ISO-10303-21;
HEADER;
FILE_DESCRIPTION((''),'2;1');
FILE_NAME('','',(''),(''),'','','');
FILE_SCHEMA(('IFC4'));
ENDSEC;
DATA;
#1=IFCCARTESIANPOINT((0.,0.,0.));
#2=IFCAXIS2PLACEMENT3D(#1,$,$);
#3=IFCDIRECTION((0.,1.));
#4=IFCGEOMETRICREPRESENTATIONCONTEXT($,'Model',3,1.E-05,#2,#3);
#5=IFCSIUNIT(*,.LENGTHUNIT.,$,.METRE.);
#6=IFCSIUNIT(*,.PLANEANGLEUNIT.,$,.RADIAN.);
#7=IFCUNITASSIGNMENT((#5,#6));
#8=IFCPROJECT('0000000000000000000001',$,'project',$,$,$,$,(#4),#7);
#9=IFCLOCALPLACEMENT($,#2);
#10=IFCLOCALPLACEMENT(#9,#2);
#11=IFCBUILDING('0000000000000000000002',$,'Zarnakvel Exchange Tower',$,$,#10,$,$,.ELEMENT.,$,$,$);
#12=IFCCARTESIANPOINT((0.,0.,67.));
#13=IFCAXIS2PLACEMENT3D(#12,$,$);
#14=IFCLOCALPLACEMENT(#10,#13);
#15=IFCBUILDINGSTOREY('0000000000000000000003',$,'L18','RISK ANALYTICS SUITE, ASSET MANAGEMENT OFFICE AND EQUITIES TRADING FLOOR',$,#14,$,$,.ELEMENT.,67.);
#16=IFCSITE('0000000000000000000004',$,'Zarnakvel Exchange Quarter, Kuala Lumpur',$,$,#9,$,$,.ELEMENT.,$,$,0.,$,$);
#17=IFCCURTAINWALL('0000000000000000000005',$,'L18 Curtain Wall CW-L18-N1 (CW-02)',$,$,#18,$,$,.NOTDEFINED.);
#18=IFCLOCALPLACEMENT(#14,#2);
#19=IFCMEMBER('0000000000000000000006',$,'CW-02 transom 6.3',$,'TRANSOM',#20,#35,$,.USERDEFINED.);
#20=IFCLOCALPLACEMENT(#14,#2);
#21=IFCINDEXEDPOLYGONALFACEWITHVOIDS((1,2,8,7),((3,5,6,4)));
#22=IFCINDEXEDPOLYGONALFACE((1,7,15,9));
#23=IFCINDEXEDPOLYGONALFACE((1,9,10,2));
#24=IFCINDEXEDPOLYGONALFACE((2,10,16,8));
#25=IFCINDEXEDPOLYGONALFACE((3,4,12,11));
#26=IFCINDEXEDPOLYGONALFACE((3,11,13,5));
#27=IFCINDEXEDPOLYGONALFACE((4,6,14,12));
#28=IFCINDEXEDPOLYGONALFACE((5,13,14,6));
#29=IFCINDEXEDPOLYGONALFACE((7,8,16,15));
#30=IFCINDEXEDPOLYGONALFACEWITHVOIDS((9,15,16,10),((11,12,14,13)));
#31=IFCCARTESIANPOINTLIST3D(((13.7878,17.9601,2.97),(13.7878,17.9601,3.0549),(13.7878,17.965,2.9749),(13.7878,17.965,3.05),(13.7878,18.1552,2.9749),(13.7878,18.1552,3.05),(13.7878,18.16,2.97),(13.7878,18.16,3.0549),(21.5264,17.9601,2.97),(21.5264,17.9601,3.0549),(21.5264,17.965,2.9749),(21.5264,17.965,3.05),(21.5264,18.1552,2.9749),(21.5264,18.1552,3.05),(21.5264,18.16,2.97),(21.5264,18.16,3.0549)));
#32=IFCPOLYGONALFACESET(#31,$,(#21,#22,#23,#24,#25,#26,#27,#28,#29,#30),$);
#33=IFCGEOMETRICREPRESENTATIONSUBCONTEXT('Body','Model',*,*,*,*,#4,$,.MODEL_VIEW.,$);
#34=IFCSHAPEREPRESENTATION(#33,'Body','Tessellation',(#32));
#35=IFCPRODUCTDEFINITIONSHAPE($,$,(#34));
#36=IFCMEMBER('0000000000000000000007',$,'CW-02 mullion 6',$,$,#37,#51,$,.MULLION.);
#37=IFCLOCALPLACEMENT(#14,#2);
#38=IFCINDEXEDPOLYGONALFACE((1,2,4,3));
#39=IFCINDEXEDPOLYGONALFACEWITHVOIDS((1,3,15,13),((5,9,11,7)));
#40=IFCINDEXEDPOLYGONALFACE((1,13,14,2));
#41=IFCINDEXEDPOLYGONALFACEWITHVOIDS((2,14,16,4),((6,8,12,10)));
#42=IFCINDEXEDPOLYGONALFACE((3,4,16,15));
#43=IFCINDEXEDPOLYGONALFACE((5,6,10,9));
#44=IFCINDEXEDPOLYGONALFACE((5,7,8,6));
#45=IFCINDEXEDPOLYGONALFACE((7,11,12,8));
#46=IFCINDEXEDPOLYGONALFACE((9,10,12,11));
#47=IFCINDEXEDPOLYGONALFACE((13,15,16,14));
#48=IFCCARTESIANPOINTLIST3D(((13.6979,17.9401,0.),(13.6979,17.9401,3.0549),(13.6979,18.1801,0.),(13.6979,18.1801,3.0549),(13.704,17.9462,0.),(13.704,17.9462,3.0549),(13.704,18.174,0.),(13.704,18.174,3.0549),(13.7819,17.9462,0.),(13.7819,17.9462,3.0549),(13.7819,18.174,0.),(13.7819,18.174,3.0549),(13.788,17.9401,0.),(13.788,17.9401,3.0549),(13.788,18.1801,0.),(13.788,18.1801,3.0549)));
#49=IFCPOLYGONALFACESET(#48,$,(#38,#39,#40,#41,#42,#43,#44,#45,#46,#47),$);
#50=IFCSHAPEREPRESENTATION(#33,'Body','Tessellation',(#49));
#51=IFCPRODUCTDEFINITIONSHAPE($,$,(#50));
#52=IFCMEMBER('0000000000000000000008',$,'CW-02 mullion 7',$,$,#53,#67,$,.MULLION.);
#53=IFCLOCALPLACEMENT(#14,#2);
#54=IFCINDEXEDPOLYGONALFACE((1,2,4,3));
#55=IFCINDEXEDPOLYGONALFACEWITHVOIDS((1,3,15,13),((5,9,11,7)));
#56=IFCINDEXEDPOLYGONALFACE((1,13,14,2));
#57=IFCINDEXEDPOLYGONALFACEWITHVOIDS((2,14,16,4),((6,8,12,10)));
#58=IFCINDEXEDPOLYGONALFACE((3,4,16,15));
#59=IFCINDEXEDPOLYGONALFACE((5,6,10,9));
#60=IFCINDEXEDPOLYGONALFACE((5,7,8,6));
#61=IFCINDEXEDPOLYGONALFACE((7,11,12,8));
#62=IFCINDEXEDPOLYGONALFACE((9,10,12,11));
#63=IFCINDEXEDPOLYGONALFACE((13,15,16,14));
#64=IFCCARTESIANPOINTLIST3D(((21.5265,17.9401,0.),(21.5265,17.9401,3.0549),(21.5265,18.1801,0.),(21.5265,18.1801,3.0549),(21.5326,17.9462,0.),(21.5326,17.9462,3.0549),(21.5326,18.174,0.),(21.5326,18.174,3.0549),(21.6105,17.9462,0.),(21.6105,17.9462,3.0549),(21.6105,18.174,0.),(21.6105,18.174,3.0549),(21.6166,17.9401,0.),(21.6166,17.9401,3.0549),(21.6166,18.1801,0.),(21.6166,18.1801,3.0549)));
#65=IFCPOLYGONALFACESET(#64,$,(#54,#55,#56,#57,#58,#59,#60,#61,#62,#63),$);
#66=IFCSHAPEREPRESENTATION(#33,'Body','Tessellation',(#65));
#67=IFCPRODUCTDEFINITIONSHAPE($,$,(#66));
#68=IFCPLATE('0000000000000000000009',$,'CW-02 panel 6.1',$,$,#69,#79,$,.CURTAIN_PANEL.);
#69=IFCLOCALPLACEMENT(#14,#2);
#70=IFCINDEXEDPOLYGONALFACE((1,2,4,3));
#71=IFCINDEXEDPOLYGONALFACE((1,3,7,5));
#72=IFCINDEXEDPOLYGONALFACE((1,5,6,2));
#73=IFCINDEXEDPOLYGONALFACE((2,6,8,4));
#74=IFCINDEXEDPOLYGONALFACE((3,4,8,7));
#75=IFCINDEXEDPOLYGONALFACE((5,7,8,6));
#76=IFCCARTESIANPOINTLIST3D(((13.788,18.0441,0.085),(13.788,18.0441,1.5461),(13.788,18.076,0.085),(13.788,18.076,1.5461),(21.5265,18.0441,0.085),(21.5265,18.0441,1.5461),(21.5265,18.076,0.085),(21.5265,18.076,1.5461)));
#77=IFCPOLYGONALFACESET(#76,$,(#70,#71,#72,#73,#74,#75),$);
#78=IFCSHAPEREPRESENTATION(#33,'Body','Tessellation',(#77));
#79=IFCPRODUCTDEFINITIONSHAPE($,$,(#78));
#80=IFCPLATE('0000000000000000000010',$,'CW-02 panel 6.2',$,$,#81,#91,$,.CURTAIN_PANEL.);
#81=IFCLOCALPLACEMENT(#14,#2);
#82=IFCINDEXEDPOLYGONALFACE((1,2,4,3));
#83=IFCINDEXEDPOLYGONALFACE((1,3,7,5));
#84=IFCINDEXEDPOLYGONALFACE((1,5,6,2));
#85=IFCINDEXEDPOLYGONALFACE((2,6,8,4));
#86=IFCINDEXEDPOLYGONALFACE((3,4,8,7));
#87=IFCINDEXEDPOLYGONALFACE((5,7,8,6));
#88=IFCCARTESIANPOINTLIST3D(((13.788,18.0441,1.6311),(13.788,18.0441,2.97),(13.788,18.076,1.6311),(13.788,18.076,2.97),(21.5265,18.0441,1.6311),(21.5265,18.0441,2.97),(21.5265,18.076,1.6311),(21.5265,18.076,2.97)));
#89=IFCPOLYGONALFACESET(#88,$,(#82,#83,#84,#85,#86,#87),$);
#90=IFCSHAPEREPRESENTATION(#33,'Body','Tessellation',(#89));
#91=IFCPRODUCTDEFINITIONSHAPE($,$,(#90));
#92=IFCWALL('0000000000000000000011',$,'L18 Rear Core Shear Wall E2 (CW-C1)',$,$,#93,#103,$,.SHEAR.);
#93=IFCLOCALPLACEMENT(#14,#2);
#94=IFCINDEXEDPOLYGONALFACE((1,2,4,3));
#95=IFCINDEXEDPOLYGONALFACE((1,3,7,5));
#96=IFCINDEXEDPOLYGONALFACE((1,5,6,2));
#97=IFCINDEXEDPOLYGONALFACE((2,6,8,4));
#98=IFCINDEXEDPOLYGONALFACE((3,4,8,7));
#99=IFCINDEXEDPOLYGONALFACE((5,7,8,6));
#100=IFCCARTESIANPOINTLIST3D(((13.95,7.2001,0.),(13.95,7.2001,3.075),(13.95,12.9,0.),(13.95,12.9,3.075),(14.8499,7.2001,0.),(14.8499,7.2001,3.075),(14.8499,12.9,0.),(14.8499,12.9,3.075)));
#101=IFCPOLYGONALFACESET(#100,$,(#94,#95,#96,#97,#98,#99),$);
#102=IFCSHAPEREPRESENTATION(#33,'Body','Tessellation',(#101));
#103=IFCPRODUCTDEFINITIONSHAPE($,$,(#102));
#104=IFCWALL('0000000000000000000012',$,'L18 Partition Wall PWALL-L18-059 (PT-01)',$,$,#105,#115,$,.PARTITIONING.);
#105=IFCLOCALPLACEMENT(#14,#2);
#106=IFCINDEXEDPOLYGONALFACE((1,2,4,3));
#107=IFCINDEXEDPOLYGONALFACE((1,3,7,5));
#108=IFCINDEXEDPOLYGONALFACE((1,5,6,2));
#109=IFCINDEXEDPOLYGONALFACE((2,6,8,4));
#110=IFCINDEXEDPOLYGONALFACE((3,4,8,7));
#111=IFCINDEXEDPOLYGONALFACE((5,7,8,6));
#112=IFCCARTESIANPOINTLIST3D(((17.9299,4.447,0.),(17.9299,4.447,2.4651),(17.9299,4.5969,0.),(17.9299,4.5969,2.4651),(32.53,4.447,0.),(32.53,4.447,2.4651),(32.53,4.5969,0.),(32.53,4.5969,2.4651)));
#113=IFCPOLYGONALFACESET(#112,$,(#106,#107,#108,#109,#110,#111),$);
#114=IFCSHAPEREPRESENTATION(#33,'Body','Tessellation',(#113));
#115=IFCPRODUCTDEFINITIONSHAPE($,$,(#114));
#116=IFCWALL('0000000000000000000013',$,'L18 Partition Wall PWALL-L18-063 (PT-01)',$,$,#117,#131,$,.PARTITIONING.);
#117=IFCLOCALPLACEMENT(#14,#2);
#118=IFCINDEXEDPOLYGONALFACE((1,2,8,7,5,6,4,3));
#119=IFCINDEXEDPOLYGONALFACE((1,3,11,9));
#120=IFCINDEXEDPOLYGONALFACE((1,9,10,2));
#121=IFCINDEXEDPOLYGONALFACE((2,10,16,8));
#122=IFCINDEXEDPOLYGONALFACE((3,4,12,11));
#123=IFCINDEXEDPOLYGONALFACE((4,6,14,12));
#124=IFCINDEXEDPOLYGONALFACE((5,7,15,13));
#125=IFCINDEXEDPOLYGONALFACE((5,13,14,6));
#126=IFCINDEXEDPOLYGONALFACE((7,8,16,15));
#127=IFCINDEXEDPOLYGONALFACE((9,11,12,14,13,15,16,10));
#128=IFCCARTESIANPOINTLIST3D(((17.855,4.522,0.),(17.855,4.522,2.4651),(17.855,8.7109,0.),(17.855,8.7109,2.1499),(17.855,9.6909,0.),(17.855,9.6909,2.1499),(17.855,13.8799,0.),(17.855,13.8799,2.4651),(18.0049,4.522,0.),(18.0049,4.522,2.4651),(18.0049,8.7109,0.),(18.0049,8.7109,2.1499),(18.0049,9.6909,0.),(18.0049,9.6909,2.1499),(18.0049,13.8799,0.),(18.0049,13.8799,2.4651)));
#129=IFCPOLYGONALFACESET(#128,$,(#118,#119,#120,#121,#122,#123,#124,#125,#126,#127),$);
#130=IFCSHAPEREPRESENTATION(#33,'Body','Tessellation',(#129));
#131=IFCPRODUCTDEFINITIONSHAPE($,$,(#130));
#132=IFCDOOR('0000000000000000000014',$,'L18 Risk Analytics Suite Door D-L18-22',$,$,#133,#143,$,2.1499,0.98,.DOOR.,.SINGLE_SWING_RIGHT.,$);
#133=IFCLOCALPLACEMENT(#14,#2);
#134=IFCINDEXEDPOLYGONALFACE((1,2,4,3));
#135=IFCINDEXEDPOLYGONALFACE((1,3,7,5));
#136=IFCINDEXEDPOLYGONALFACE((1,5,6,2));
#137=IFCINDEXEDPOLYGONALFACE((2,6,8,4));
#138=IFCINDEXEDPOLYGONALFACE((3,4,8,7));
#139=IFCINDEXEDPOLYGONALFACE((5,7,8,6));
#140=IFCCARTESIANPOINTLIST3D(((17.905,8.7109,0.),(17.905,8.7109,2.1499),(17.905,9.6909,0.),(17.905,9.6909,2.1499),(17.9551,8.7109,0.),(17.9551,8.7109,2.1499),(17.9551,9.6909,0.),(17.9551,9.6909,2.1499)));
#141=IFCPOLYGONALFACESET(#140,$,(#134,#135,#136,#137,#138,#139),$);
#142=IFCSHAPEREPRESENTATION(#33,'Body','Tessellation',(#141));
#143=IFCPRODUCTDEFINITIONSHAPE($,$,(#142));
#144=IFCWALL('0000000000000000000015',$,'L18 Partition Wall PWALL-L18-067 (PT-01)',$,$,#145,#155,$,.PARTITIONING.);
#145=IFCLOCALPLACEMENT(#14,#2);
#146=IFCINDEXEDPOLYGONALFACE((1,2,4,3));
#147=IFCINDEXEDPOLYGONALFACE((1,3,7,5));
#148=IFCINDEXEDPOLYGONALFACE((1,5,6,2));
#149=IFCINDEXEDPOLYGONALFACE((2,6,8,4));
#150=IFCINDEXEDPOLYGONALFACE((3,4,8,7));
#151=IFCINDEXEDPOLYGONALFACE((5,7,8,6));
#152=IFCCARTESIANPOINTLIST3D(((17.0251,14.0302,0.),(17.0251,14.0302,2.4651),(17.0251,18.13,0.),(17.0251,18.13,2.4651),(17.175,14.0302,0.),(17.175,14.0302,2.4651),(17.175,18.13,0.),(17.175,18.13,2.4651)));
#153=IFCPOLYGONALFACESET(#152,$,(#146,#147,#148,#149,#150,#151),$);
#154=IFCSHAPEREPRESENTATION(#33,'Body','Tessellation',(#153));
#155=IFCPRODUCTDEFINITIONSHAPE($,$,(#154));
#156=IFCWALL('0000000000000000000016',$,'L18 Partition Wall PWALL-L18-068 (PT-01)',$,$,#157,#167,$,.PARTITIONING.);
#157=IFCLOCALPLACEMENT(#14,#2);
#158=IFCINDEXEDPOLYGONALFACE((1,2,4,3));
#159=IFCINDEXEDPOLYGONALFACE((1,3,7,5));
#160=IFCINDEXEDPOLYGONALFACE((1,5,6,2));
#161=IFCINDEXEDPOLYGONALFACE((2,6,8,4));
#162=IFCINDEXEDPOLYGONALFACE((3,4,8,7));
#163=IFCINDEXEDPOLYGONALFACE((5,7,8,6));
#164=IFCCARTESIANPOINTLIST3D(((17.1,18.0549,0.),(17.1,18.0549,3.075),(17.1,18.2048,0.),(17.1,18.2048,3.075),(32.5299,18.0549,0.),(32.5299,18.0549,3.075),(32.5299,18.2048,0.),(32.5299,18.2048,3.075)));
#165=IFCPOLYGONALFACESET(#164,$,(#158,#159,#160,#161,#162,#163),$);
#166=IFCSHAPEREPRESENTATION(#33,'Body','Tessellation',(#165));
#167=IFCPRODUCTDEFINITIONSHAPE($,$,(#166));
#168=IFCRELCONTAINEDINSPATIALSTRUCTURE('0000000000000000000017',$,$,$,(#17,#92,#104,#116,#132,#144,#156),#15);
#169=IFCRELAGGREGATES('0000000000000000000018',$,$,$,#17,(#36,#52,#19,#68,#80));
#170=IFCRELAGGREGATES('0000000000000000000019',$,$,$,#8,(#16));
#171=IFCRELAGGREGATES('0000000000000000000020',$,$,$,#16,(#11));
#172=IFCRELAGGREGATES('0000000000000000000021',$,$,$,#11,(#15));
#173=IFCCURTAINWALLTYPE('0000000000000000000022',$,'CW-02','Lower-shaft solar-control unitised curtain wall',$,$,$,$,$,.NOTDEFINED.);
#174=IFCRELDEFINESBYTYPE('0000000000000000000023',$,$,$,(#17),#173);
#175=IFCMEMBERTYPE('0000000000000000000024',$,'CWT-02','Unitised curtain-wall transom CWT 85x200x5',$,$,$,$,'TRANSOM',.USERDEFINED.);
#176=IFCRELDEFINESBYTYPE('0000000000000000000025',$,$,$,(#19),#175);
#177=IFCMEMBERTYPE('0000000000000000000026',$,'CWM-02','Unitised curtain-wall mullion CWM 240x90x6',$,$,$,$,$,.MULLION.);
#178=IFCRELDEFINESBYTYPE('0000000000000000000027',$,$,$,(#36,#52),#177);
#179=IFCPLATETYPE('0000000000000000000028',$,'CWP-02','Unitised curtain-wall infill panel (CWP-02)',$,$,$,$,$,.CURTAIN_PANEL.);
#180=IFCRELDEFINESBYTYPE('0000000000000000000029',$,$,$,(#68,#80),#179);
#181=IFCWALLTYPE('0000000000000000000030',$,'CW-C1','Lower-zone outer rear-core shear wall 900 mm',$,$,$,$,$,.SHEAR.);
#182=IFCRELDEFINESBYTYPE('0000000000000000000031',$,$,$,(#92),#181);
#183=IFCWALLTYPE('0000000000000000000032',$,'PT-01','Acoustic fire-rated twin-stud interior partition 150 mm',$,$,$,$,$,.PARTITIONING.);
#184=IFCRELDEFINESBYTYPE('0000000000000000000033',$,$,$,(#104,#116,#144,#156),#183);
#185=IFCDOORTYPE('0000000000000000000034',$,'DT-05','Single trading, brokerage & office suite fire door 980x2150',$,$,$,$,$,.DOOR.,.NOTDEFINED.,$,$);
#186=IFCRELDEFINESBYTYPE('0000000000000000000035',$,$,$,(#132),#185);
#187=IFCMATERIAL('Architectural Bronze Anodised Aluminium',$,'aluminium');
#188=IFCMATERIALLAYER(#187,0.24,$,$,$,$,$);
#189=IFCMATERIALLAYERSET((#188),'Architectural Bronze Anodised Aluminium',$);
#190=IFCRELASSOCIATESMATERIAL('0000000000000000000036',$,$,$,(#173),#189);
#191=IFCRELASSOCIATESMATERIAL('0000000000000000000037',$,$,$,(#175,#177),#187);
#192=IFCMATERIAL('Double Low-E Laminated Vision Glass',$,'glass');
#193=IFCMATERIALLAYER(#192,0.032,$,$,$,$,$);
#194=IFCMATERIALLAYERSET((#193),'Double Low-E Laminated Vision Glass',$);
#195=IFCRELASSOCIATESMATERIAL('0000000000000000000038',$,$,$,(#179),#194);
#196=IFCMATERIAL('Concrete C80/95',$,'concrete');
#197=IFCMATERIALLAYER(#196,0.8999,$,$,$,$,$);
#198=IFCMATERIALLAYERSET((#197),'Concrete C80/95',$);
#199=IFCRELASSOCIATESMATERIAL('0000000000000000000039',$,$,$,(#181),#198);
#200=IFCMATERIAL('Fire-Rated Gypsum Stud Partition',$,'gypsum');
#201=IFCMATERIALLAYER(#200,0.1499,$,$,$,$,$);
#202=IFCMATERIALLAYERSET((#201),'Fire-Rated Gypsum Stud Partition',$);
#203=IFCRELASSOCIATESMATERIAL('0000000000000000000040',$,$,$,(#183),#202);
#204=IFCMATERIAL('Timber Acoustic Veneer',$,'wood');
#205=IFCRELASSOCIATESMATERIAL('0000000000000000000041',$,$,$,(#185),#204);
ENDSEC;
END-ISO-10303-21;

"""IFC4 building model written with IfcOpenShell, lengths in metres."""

from ifc_helpers import new_model, si_unit, direction, frame, frame_2d, origin, origin_2d, place, context, subcontext, project, spatial, rectangle, hollow_rectangle, extrude, source, transform, mapped, material, layer, layer_set, material_profile, profile_set, type_object, element, fill, aggregate, save


model = new_model("IFC4")

# Units and contexts
model_context = context("Model", 3, precision=1e-05, world=origin(), true_north=direction((0.0, 1.0)))
body_context = subcontext(model_context, "Body", "Model", "MODEL_VIEW")
ifc_project = project(units=[si_unit("LENGTHUNIT", "METRE"), si_unit("PLANEANGLEUNIT", "RADIAN")], contexts=[model_context])

# Site, building, storey
site_placement = place(None, origin())
site = spatial("IfcSite", under=ifc_project, at=site_placement, Name="Zarnakvel Exchange Quarter, Kuala Lumpur", CompositionType="ELEMENT", RefElevation=0.0)
building_placement = place(site_placement, origin())
building = spatial("IfcBuilding", under=site, at=building_placement, Name="Zarnakvel Exchange Tower", CompositionType="ELEMENT")
storey_placement = place(building_placement, frame((0.0, 0.0, 67.0)))
storey = spatial("IfcBuildingStorey", under=building, at=storey_placement, Name="L18", Description="RISK ANALYTICS SUITE, ASSET MANAGEMENT OFFICE AND EQUITIES TRADING FLOOR", CompositionType="ELEMENT", Elevation=67.0)

# Shared definitions
ifc_material_1 = material(Name="Concrete C80/95", Category="concrete")

# Curtain wall, members, plates
ifc_material_2 = material(Name="Architectural Bronze Anodised Aluminium", Category="aluminium")
ifc_layer_1 = layer(ifc_material_2, 0.24)
ifc_layer_set_1 = layer_set([ifc_layer_1], Name="Architectural Bronze Anodised Aluminium")
curtain_wall_type = type_object("IfcCurtainWallType", Name="CW-02", Description="Lower-shaft solar-control unitised curtain wall", PredefinedType="NOTDEFINED", material=ifc_layer_set_1)
curtain_wall_placement = place(storey_placement, origin())
curtain_wall = element("IfcCurtainWall", 1, at=curtain_wall_placement, inside=storey, type_object=curtain_wall_type, Name="L18 Curtain Wall CW-L18-N1 (CW-02)", PredefinedType="NOTDEFINED")
ifc_material_profile_1 = material_profile(ifc_material_2, hollow_rectangle(XDim=0.2, YDim=0.085, WallThickness=0.0049, at=origin_2d()))
ifc_profile_set_1 = profile_set([ifc_material_profile_1], Name="Architectural Bronze Anodised Aluminium")
member_type_1 = type_object("IfcMemberType", Name="CWT-02", Description="Unitised curtain-wall transom CWT 85x200x5", ElementType="TRANSOM", PredefinedType="USERDEFINED", material=ifc_profile_set_1)
shared_shape_1 = source(origin(), body_context, "Body", "SweptSolid", [
    extrude(hollow_rectangle(XDim=0.2, YDim=0.085, WallThickness=0.0049, at=origin_2d()), origin(), (0.0, 0.0, 1.0), 7.7385),
])
member_1_placement = place(storey_placement, frame((13.7878, 18.0601, 3.0125), z_axis=(1.0, 0.0, 0.0), x_axis=(0.0, 1.0, 0.0)))
member_1 = element("IfcMember", 2, at=member_1_placement, type_object=member_type_1, Name="CW-02 transom 6.3", ObjectType="TRANSOM", PredefinedType="USERDEFINED", context=body_context, shape_type="MappedRepresentation", body=[
    mapped(shared_shape_1, transform((0.0, 0.0, 0.0), x_axis=(1.0, 0.0, 0.0), y_axis=(0.0, 1.0, 0.0), z_axis=(0.0, 0.0, 1.0), scale=1.0)),
])
ifc_material_profile_2 = material_profile(ifc_material_2, hollow_rectangle(XDim=0.24, YDim=0.0901, WallThickness=0.0061, at=origin_2d()))
ifc_profile_set_2 = profile_set([ifc_material_profile_2], Name="Architectural Bronze Anodised Aluminium")
member_type_2 = type_object("IfcMemberType", Name="CWM-02", Description="Unitised curtain-wall mullion CWM 240x90x6", PredefinedType="MULLION", material=ifc_profile_set_2)
shared_shape_2 = source(origin(), body_context, "Body", "SweptSolid", [
    extrude(hollow_rectangle(XDim=0.24, YDim=0.0901, WallThickness=0.0061, at=origin_2d()), origin(), (0.0, 0.0, 1.0), 3.0549),
])
member_2_placement = place(storey_placement, frame((13.7429, 18.0601, 0.0), z_axis=(0.0, 0.0, 1.0), x_axis=(0.0, 1.0, 0.0)))
member_2 = element("IfcMember", 3, at=member_2_placement, type_object=member_type_2, Name="CW-02 mullion 6", PredefinedType="MULLION", context=body_context, shape_type="MappedRepresentation", body=[
    mapped(shared_shape_2, transform((0.0, 0.0, 0.0), x_axis=(1.0, 0.0, 0.0), y_axis=(0.0, 1.0, 0.0), z_axis=(0.0, 0.0, 1.0), scale=1.0)),
])
member_3_placement = place(storey_placement, frame((21.5715, 18.0601, 0.0), z_axis=(0.0, 0.0, 1.0), x_axis=(0.0, 1.0, 0.0)))
member_3 = element("IfcMember", 4, at=member_3_placement, type_object=member_type_2, Name="CW-02 mullion 7", PredefinedType="MULLION", context=body_context, shape_type="MappedRepresentation", body=[
    mapped(shared_shape_2, transform((0.0, 0.0, 0.0), x_axis=(1.0, 0.0, 0.0), y_axis=(0.0, 1.0, 0.0), z_axis=(0.0, 0.0, 1.0), scale=1.0)),
])
ifc_material_3 = material(Name="Double Low-E Laminated Vision Glass", Category="glass")
ifc_layer_2 = layer(ifc_material_3, 0.032)
ifc_layer_set_2 = layer_set([ifc_layer_2], Name="Double Low-E Laminated Vision Glass")
plate_type = type_object("IfcPlateType", Name="CWP-02", Description="Unitised curtain-wall infill panel (CWP-02)", PredefinedType="CURTAIN_PANEL", material=ifc_layer_set_2)
shared_shape_3 = source(origin(), body_context, "Body", "SweptSolid", [
    extrude(rectangle(XDim=7.7385, YDim=0.032, at=origin_2d()), origin(), (0.0, 0.0, 1.0), 1.4612),
])
plate_1_placement = place(storey_placement, frame((17.6572, 18.0601, 0.085), z_axis=(0.0, 0.0, 1.0), x_axis=(1.0, 0.0, 0.0)))
plate_1 = element("IfcPlate", 5, at=plate_1_placement, type_object=plate_type, Name="CW-02 panel 6.1", PredefinedType="CURTAIN_PANEL", context=body_context, shape_type="MappedRepresentation", body=[
    mapped(shared_shape_3, transform((0.0, 0.0, 0.0), x_axis=(1.0, 0.0, 0.0), y_axis=(0.0, 1.0, 0.0), z_axis=(0.0, 0.0, 1.0), scale=1.0)),
])
shared_shape_4 = source(origin(), body_context, "Body", "SweptSolid", [
    extrude(rectangle(XDim=7.7385, YDim=0.032, at=origin_2d()), origin(), (0.0, 0.0, 1.0), 1.3389),
])
plate_2_placement = place(storey_placement, frame((17.6572, 18.0601, 1.6311), z_axis=(0.0, 0.0, 1.0), x_axis=(1.0, 0.0, 0.0)))
plate_2 = element("IfcPlate", 6, at=plate_2_placement, type_object=plate_type, Name="CW-02 panel 6.2", PredefinedType="CURTAIN_PANEL", context=body_context, shape_type="MappedRepresentation", body=[
    mapped(shared_shape_4, transform((0.0, 0.0, 0.0), x_axis=(1.0, 0.0, 0.0), y_axis=(0.0, 1.0, 0.0), z_axis=(0.0, 0.0, 1.0), scale=1.0)),
])
aggregate(curtain_wall, [member_2, member_3, member_1, plate_1, plate_2])

# Walls
ifc_layer_3 = layer(ifc_material_1, 0.8999)
ifc_layer_set_3 = layer_set([ifc_layer_3], Name="Concrete C80/95")
wall_type_1 = type_object("IfcWallType", Name="CW-C1", Description="Lower-zone outer rear-core shear wall 900 mm", PredefinedType="SHEAR", material=ifc_layer_set_3)
wall_1_placement = place(storey_placement, frame((14.3999, 7.2, 0.0), z_axis=(0.0, 0.0, 1.0), x_axis=(0.0, 1.0, 0.0)))
element("IfcWall", 7, at=wall_1_placement, inside=storey, type_object=wall_type_1, Name="L18 Rear Core Shear Wall E2 (CW-C1)", PredefinedType="SHEAR", context=body_context, shape_type="SweptSolid", body=[
    extrude(rectangle(XDim=5.7, YDim=0.8999, at=frame_2d((2.8501, 0.0))), origin(), (0.0, 0.0, 1.0), 3.075),
])
ifc_material_4 = material(Name="Fire-Rated Gypsum Stud Partition", Category="gypsum")
ifc_layer_4 = layer(ifc_material_4, 0.1499)
ifc_layer_set_4 = layer_set([ifc_layer_4], Name="Fire-Rated Gypsum Stud Partition")
wall_type_2 = type_object("IfcWallType", Name="PT-01", Description="Acoustic fire-rated twin-stud interior partition 150 mm", PredefinedType="PARTITIONING", material=ifc_layer_set_4)
wall_2_placement = place(storey_placement, frame((17.9299, 4.522, 0.0), z_axis=(0.0, 0.0, 1.0), x_axis=(1.0, 0.0, 0.0)))
element("IfcWall", 8, at=wall_2_placement, inside=storey, type_object=wall_type_2, Name="L18 Partition Wall PWALL-L18-059 (PT-01)", PredefinedType="PARTITIONING", context=body_context, shape_type="SweptSolid", body=[
    extrude(rectangle(XDim=14.6001, YDim=0.1499, at=frame_2d((7.3, 0.0))), origin(), (0.0, 0.0, 1.0), 2.4651),
])

# Wall, opening, door
wall_3_placement = place(storey_placement, frame((17.9299, 4.522, 0.0), z_axis=(0.0, 0.0, 1.0), x_axis=(0.0, 1.0, 0.0)))
wall_3 = element("IfcWall", 9, at=wall_3_placement, inside=storey, type_object=wall_type_2, Name="L18 Partition Wall PWALL-L18-063 (PT-01)", PredefinedType="PARTITIONING", context=body_context, shape_type="SweptSolid", body=[
    extrude(rectangle(XDim=9.3579, YDim=0.1499, at=frame_2d((4.679, 0.0))), origin(), (0.0, 0.0, 1.0), 2.4651),
])
opening_1_placement = place(wall_3_placement, frame((4.189, 0.0, 0.0)))
opening_1 = element("IfcOpeningElement", 10, at=opening_1_placement, cuts=wall_3, PredefinedType="OPENING", context=body_context, shape_type="SweptSolid", body=[
    extrude(rectangle(XDim=0.98, YDim=2.1499, at=frame_2d((0.49, 1.075))), frame((0.0, 0.085, 0.0), z_axis=(0.0, -1.0, 0.0), x_axis=(1.0, 0.0, 0.0)), (0.0, 0.0, 1.0), 0.1699),
])
ifc_material_5 = material(Name="Timber Acoustic Veneer", Category="wood")
door_type_1 = type_object("IfcDoorType", Name="DT-05", Description="Single trading, brokerage & office suite fire door 980x2150", OperationType="NOTDEFINED", PredefinedType="DOOR", material=ifc_material_5)
shared_shape_5 = source(origin(), body_context, "Body", "SweptSolid", [
    extrude(rectangle(XDim=0.98, YDim=2.1499, at=frame_2d((0.49, 1.075))), frame((0.0, 0.0249, 0.0), z_axis=(0.0, -1.0, 0.0), x_axis=(1.0, 0.0, 0.0)), (0.0, 0.0, 1.0), 0.05),
])
door_1_placement = place(opening_1_placement, origin())
door_1 = element("IfcDoor", 11, at=door_1_placement, inside=storey, type_object=door_type_1, Name="L18 Risk Analytics Suite Door D-L18-22", OperationType="SINGLE_SWING_RIGHT", OverallHeight=2.1499, OverallWidth=0.98, PredefinedType="DOOR", context=body_context, shape_type="MappedRepresentation", body=[
    mapped(shared_shape_5, transform((0.0, 0.0, 0.0), x_axis=(1.0, 0.0, 0.0), y_axis=(0.0, 1.0, 0.0), z_axis=(0.0, 0.0, 1.0), scale=1.0)),
])
fill(opening_1, door_1)

# Walls
wall_4_placement = place(storey_placement, frame((17.1001, 18.1299, 0.0), z_axis=(0.0, 0.0, 1.0), x_axis=(0.0, -1.0, 0.0)))
element("IfcWall", 12, at=wall_4_placement, inside=storey, type_object=wall_type_2, Name="L18 Partition Wall PWALL-L18-067 (PT-01)", PredefinedType="PARTITIONING", context=body_context, shape_type="SweptSolid", body=[
    extrude(rectangle(XDim=4.0999, YDim=0.1499, at=frame_2d((2.0498, 0.0))), origin(), (0.0, 0.0, 1.0), 2.4651),
])
wall_5_placement = place(storey_placement, frame((17.1001, 18.1299, 0.0), z_axis=(0.0, 0.0, 1.0), x_axis=(1.0, 0.0, 0.0)))
element("IfcWall", 13, at=wall_5_placement, inside=storey, type_object=wall_type_2, Name="L18 Partition Wall PWALL-L18-068 (PT-01)", PredefinedType="PARTITIONING", context=body_context, shape_type="SweptSolid", body=[
    extrude(rectangle(XDim=15.4299, YDim=0.1499, at=frame_2d((7.7148, 0.0))), origin(), (0.0, 0.0, 1.0), 3.075),
])

save(model, "model.ifc")
